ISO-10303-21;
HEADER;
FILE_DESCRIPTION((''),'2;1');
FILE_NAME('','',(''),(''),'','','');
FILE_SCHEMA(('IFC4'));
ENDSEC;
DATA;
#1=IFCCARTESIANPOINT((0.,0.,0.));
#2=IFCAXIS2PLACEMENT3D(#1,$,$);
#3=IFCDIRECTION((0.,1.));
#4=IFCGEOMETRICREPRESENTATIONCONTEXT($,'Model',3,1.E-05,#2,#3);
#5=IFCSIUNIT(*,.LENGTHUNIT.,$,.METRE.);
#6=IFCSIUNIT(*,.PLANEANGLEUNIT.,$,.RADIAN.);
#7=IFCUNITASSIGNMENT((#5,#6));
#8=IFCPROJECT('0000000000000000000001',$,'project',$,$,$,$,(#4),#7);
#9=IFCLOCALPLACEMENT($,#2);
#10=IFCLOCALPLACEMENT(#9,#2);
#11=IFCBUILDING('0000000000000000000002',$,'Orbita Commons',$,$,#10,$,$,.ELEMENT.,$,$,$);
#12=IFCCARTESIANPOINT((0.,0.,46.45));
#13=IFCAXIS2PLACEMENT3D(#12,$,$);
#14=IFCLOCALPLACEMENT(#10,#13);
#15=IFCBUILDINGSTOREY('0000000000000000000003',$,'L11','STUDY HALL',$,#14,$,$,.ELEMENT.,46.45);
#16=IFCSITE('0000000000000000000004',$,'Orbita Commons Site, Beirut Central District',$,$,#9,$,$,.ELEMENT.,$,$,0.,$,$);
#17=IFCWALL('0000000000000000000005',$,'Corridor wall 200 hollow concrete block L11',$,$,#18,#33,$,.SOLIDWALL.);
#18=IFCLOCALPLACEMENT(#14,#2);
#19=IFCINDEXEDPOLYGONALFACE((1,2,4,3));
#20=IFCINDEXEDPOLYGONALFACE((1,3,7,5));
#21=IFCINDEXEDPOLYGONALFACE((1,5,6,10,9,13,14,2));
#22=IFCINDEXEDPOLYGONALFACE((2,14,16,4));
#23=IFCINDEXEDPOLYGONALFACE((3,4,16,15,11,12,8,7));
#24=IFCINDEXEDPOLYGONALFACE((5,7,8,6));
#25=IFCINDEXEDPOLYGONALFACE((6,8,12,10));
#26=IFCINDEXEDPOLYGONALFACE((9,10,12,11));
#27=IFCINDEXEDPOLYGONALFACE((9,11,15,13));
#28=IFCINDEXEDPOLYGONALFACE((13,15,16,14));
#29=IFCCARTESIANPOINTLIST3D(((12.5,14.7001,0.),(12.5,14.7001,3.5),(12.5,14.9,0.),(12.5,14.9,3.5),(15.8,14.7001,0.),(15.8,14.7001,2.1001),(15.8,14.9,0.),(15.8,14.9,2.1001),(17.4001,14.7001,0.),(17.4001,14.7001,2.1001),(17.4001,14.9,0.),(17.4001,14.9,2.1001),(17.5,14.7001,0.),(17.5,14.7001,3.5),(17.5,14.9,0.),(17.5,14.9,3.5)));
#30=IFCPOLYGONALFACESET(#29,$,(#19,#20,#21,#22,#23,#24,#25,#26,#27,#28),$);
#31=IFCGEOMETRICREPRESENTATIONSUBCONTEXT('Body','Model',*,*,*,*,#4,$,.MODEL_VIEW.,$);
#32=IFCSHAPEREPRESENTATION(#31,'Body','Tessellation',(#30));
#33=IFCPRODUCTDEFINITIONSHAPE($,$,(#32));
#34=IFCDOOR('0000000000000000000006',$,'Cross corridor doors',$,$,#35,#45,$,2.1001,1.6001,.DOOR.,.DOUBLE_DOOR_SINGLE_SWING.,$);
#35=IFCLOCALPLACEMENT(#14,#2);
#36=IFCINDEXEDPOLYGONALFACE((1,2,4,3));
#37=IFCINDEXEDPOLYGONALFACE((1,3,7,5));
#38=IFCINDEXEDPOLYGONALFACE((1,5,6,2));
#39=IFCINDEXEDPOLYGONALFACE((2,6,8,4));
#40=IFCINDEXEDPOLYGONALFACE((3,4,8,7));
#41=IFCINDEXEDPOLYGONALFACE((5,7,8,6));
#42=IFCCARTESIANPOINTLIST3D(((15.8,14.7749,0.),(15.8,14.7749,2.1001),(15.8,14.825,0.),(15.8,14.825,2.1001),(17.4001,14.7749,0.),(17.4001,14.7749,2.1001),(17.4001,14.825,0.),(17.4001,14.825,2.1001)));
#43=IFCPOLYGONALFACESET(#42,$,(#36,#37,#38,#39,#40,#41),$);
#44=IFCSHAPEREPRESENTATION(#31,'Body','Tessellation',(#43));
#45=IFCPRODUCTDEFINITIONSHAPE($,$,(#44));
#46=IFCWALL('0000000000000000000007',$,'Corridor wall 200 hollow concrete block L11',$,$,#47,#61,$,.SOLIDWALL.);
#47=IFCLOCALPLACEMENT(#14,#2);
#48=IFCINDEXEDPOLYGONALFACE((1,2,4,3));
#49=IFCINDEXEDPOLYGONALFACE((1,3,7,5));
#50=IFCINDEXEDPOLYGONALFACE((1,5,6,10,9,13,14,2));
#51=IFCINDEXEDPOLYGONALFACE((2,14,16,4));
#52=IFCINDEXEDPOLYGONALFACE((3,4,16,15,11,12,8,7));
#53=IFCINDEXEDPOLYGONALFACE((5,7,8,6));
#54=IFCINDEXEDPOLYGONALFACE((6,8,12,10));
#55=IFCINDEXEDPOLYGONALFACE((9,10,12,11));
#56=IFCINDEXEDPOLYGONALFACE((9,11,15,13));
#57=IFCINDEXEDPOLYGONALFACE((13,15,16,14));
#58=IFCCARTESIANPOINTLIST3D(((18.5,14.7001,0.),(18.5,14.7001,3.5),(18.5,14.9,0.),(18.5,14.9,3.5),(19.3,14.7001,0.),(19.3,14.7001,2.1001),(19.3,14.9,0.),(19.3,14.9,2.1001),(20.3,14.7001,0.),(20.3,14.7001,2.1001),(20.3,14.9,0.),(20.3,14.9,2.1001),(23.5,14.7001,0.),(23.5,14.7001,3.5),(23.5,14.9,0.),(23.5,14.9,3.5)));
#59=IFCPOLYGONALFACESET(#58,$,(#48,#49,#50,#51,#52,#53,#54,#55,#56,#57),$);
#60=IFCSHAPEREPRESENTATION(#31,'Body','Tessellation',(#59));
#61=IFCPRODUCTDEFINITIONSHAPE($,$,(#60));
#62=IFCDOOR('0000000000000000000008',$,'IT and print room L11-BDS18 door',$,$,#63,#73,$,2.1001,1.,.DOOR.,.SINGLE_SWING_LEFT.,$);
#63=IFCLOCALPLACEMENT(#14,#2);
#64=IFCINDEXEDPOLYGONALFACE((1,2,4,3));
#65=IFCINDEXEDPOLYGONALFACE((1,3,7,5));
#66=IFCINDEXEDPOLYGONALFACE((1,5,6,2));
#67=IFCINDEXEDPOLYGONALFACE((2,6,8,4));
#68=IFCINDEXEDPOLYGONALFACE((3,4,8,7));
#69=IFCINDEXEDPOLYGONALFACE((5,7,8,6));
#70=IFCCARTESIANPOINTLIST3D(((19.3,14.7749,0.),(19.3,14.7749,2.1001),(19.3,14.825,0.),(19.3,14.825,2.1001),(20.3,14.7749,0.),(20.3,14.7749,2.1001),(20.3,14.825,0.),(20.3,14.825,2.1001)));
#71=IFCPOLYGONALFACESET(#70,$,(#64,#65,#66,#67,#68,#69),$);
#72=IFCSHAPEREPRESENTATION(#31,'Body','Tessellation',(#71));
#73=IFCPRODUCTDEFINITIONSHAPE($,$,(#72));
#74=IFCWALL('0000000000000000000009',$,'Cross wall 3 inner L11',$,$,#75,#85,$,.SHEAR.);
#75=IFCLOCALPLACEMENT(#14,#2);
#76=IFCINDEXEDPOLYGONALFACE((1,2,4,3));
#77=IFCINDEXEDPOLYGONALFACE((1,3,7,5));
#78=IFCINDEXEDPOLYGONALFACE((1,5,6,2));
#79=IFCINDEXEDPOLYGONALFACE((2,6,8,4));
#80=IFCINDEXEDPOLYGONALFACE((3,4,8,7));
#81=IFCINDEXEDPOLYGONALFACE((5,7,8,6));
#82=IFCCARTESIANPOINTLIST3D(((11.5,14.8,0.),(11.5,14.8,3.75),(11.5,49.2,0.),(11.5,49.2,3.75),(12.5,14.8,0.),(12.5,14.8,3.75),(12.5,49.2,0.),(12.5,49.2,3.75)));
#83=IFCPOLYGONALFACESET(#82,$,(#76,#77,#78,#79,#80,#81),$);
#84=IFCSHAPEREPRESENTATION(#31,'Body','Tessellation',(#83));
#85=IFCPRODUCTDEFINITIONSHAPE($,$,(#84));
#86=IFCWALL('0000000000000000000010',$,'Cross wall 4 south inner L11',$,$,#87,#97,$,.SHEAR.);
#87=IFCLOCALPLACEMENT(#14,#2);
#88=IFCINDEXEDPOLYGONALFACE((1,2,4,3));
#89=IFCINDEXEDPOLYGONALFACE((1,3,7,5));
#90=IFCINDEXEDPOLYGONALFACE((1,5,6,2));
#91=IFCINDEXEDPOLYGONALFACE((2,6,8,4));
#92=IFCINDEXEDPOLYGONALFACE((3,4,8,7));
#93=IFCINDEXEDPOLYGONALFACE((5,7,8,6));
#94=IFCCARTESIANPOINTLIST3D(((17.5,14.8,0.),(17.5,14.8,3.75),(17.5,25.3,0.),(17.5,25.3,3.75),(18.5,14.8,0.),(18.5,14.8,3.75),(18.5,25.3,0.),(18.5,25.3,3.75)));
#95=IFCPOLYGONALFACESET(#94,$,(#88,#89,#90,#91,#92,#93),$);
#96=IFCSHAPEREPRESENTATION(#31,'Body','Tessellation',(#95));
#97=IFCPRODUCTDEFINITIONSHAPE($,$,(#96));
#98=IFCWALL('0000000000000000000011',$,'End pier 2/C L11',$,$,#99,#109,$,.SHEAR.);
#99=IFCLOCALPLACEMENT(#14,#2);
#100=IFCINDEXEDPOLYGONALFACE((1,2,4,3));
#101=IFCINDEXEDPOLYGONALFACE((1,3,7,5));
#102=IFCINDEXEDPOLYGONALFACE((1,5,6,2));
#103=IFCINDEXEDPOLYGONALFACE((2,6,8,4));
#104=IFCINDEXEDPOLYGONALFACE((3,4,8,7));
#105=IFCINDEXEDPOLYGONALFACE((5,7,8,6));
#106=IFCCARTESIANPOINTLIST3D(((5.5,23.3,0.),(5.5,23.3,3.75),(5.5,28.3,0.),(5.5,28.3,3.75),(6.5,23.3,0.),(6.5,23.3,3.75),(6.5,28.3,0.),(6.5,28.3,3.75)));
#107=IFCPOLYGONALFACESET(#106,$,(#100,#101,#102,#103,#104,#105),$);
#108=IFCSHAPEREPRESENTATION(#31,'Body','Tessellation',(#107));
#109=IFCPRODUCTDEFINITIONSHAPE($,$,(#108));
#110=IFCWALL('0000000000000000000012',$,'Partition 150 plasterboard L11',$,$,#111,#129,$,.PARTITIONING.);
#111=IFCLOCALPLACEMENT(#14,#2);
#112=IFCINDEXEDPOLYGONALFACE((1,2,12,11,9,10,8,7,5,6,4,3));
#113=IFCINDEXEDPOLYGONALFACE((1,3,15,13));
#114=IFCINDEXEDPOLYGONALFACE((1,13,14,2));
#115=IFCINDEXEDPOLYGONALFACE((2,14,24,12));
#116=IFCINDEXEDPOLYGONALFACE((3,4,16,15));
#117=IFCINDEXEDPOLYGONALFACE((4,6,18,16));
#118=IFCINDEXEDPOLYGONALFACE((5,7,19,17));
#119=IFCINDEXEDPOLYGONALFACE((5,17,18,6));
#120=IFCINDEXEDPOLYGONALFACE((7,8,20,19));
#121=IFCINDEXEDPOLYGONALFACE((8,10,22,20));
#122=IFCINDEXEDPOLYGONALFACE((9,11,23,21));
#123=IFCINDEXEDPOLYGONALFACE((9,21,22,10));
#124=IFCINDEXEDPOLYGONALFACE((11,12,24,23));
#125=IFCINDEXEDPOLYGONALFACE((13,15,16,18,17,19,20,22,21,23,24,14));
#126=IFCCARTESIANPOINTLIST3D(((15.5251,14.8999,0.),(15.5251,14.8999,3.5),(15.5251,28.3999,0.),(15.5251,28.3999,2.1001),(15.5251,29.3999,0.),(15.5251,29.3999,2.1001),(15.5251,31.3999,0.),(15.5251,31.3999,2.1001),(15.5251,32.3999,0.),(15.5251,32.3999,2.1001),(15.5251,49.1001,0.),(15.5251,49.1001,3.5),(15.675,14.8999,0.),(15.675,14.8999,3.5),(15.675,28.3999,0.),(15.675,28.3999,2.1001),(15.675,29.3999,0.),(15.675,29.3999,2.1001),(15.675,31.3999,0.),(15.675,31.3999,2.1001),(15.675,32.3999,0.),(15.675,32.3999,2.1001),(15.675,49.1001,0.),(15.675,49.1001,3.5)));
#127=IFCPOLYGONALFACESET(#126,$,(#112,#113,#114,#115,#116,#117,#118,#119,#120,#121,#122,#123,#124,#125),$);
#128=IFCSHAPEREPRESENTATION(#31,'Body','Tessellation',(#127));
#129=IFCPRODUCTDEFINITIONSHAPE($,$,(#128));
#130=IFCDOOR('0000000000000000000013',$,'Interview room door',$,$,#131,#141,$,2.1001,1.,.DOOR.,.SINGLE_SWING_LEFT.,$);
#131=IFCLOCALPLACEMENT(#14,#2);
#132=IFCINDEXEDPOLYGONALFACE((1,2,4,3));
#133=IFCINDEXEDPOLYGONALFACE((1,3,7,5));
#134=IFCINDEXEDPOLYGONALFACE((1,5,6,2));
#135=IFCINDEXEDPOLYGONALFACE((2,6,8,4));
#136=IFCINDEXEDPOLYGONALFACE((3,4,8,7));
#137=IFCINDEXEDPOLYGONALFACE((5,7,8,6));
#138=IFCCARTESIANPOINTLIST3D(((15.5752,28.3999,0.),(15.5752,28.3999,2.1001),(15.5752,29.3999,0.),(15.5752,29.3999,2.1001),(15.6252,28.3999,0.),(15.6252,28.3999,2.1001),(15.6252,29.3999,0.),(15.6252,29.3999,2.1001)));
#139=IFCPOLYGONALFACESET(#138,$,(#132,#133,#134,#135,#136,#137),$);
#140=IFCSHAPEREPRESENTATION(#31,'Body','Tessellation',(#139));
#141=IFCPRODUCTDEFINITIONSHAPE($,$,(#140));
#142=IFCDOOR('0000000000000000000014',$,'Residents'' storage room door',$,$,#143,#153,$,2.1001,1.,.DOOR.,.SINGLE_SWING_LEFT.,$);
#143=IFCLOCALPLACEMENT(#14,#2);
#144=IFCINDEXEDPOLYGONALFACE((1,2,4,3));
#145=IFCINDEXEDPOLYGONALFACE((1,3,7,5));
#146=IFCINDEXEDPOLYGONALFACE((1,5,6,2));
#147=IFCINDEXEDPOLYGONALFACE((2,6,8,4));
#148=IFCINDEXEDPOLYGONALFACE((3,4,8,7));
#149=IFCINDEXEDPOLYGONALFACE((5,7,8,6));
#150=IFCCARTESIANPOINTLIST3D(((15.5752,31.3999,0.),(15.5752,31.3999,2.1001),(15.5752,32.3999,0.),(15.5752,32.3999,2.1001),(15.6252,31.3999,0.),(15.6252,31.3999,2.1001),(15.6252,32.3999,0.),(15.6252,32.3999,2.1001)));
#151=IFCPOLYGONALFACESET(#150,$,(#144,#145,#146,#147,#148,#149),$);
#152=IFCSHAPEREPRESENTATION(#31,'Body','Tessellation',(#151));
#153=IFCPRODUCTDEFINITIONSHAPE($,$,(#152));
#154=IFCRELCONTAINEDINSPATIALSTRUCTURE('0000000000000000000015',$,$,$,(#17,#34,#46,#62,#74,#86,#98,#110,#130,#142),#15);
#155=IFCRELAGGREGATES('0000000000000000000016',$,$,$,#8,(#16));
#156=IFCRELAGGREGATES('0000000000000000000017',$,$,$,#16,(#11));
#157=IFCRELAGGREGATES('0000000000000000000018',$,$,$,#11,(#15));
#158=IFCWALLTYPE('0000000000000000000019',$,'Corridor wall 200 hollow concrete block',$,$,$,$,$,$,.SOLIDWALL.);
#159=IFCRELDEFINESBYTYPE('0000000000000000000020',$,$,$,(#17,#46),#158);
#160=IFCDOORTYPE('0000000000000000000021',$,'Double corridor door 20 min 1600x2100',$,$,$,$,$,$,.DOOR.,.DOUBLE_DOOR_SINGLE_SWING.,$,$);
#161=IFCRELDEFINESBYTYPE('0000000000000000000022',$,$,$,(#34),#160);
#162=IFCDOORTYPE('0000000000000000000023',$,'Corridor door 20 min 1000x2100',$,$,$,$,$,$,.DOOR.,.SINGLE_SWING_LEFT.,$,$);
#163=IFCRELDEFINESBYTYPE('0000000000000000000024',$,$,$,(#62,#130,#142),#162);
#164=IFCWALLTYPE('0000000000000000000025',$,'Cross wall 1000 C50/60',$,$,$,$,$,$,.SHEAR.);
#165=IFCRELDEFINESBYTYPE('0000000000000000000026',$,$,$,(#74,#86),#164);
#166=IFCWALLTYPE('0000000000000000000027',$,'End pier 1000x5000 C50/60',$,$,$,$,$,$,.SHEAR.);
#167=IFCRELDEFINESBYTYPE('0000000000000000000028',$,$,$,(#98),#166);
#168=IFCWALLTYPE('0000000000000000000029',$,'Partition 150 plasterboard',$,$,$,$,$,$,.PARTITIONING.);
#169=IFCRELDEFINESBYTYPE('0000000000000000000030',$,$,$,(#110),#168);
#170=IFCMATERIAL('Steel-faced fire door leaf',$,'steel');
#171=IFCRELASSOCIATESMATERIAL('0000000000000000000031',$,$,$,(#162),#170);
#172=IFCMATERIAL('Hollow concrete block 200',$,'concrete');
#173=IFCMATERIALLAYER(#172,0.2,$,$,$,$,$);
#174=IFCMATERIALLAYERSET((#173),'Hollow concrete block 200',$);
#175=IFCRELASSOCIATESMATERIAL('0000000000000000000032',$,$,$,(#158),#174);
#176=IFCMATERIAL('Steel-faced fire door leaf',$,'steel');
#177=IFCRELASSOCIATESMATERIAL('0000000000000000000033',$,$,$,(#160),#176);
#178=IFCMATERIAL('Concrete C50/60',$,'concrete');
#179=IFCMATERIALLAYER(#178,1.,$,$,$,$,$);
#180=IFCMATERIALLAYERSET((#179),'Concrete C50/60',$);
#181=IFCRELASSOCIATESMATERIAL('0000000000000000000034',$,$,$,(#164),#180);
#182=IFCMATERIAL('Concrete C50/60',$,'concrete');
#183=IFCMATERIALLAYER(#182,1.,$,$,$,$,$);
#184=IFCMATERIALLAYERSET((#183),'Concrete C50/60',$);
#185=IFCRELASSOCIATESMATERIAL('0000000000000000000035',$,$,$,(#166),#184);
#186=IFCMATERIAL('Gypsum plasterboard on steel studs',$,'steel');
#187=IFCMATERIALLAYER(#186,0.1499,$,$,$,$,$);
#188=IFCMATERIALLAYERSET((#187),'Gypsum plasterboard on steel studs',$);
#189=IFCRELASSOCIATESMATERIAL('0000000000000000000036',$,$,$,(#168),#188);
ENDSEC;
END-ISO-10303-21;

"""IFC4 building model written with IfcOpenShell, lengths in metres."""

from ifc_helpers import new_model, si_unit, direction, frame, frame_2d, origin, place, context, subcontext, project, spatial, rectangle, extrude, material, layer, layer_set, type_object, element, fill, save


model = new_model("IFC4")

# Units and contexts
model_context = context("Model", 3, precision=1e-05, world=origin(), true_north=direction((0.0, 1.0)))
body_context = subcontext(model_context, "Body", "Model", "MODEL_VIEW")
ifc_project = project(units=[si_unit("LENGTHUNIT", "METRE"), si_unit("PLANEANGLEUNIT", "RADIAN")], contexts=[model_context])

# Site, building, storey
site_placement = place(None, origin())
site = spatial("IfcSite", under=ifc_project, at=site_placement, Name="Orbita Commons Site, Beirut Central District", CompositionType="ELEMENT", RefElevation=0.0)
building_placement = place(site_placement, origin())
building = spatial("IfcBuilding", under=site, at=building_placement, Name="Orbita Commons", CompositionType="ELEMENT")
storey_placement = place(building_placement, frame((0.0, 0.0, 46.45)))
storey = spatial("IfcBuildingStorey", under=building, at=storey_placement, Name="L11", Description="STUDY HALL", CompositionType="ELEMENT", Elevation=46.45)

# Walls, openings, doors
ifc_material_1 = material(Name="Steel-faced fire door leaf", Category="steel")
door_type_1 = type_object("IfcDoorType", Name="Corridor door 20 min 1000x2100", OperationType="SINGLE_SWING_LEFT", PredefinedType="DOOR", material=ifc_material_1)
ifc_material_2 = material(Name="Hollow concrete block 200", Category="concrete")
ifc_layer_1 = layer(ifc_material_2, 0.2)
ifc_layer_set_1 = layer_set([ifc_layer_1], Name="Hollow concrete block 200")
wall_type_1 = type_object("IfcWallType", Name="Corridor wall 200 hollow concrete block", PredefinedType="SOLIDWALL", material=ifc_layer_set_1)
wall_1_placement = place(storey_placement, frame((12.5, 14.8, 0.0), z_axis=(0.0, 0.0, 1.0), x_axis=(1.0, 0.0, 0.0)))
wall_1 = element("IfcWall", 1, at=wall_1_placement, inside=storey, type_object=wall_type_1, Name="Corridor wall 200 hollow concrete block L11", PredefinedType="SOLIDWALL", context=body_context, shape_type="SweptSolid", body=[
    extrude(rectangle(XDim=5.0, YDim=0.2, at=frame_2d((2.5, 0.0))), origin(), (0.0, 0.0, 1.0), 3.5),
])
opening_1_placement = place(wall_1_placement, frame((3.3, 0.0, 0.0)))
opening_1 = element("IfcOpeningElement", 2, at=opening_1_placement, cuts=wall_1, PredefinedType="OPENING", context=body_context, shape_type="SweptSolid", body=[
    extrude(rectangle(XDim=1.6001, YDim=2.1001, at=frame_2d((0.8, 1.05))), frame((0.0, 0.1099, 0.0), z_axis=(0.0, -1.0, 0.0), x_axis=(1.0, 0.0, 0.0)), (0.0, 0.0, 1.0), 0.22),
])
ifc_material_3 = material(Name="Steel-faced fire door leaf", Category="steel")
door_type_2 = type_object("IfcDoorType", Name="Double corridor door 20 min 1600x2100", OperationType="DOUBLE_DOOR_SINGLE_SWING", PredefinedType="DOOR", material=ifc_material_3)
door_1_placement = place(opening_1_placement, origin())
door_1 = element("IfcDoor", 3, at=door_1_placement, inside=storey, type_object=door_type_2, Name="Cross corridor doors", OperationType="DOUBLE_DOOR_SINGLE_SWING", OverallHeight=2.1001, OverallWidth=1.6001, PredefinedType="DOOR", context=body_context, shape_type="SweptSolid", body=[
    extrude(rectangle(XDim=1.6001, YDim=2.1001, at=frame_2d((0.8, 1.05))), frame((0.0, 0.0249, 0.0), z_axis=(0.0, -1.0, 0.0), x_axis=(1.0, 0.0, 0.0)), (0.0, 0.0, 1.0), 0.05),
])
fill(opening_1, door_1)
wall_2_placement = place(storey_placement, frame((18.5, 14.8, 0.0), z_axis=(0.0, 0.0, 1.0), x_axis=(1.0, 0.0, 0.0)))
wall_2 = element("IfcWall", 4, at=wall_2_placement, inside=storey, type_object=wall_type_1, Name="Corridor wall 200 hollow concrete block L11", PredefinedType="SOLIDWALL", context=body_context, shape_type="SweptSolid", body=[
    extrude(rectangle(XDim=5.0, YDim=0.2, at=frame_2d((2.5, 0.0))), origin(), (0.0, 0.0, 1.0), 3.5),
])
opening_2_placement = place(wall_2_placement, frame((0.8, 0.0, 0.0)))
opening_2 = element("IfcOpeningElement", 5, at=opening_2_placement, cuts=wall_2, PredefinedType="OPENING", context=body_context, shape_type="SweptSolid", body=[
    extrude(rectangle(XDim=1.0, YDim=2.1001, at=frame_2d((0.5, 1.05))), frame((0.0, 0.1099, 0.0), z_axis=(0.0, -1.0, 0.0), x_axis=(1.0, 0.0, 0.0)), (0.0, 0.0, 1.0), 0.22),
])
door_2_placement = place(opening_2_placement, origin())
door_2 = element("IfcDoor", 6, at=door_2_placement, inside=storey, type_object=door_type_1, Name="IT and print room L11-BDS18 door", OperationType="SINGLE_SWING_LEFT", OverallHeight=2.1001, OverallWidth=1.0, PredefinedType="DOOR", context=body_context, shape_type="SweptSolid", body=[
    extrude(rectangle(XDim=1.0, YDim=2.1001, at=frame_2d((0.5, 1.05))), frame((0.0, 0.0249, 0.0), z_axis=(0.0, -1.0, 0.0), x_axis=(1.0, 0.0, 0.0)), (0.0, 0.0, 1.0), 0.05),
])
fill(opening_2, door_2)

# Walls
ifc_material_4 = material(Name="Concrete C50/60", Category="concrete")
ifc_layer_2 = layer(ifc_material_4, 1.0)
ifc_layer_set_2 = layer_set([ifc_layer_2], Name="Concrete C50/60")
wall_type_2 = type_object("IfcWallType", Name="Cross wall 1000 C50/60", PredefinedType="SHEAR", material=ifc_layer_set_2)
wall_3_placement = place(storey_placement, frame((12.0, 14.8, 0.0), z_axis=(0.0, 0.0, 1.0), x_axis=(0.0, 1.0, 0.0)))
element("IfcWall", 7, at=wall_3_placement, inside=storey, type_object=wall_type_2, Name="Cross wall 3 inner L11", PredefinedType="SHEAR", context=body_context, shape_type="SweptSolid", body=[
    extrude(rectangle(XDim=34.3999, YDim=1.0, at=frame_2d((17.2, 0.0))), origin(), (0.0, 0.0, 1.0), 3.75),
])
wall_4_placement = place(storey_placement, frame((18.0, 14.8, 0.0), z_axis=(0.0, 0.0, 1.0), x_axis=(0.0, 1.0, 0.0)))
element("IfcWall", 8, at=wall_4_placement, inside=storey, type_object=wall_type_2, Name="Cross wall 4 south inner L11", PredefinedType="SHEAR", context=body_context, shape_type="SweptSolid", body=[
    extrude(rectangle(XDim=10.5, YDim=1.0, at=frame_2d((5.25, 0.0))), origin(), (0.0, 0.0, 1.0), 3.75),
])
ifc_material_5 = material(Name="Concrete C50/60", Category="concrete")
ifc_layer_3 = layer(ifc_material_5, 1.0)
ifc_layer_set_3 = layer_set([ifc_layer_3], Name="Concrete C50/60")
wall_type_3 = type_object("IfcWallType", Name="End pier 1000x5000 C50/60", PredefinedType="SHEAR", material=ifc_layer_set_3)
wall_5_placement = place(storey_placement, frame((6.0, 23.3, 0.0), z_axis=(0.0, 0.0, 1.0), x_axis=(0.0, 1.0, 0.0)))
element("IfcWall", 9, at=wall_5_placement, inside=storey, type_object=wall_type_3, Name="End pier 2/C L11", PredefinedType="SHEAR", context=body_context, shape_type="SweptSolid", body=[
    extrude(rectangle(XDim=5.0, YDim=1.0, at=frame_2d((2.5, 0.0))), origin(), (0.0, 0.0, 1.0), 3.75),
])

# Wall, openings, doors
ifc_material_6 = material(Name="Gypsum plasterboard on steel studs", Category="steel")
ifc_layer_4 = layer(ifc_material_6, 0.1499)
ifc_layer_set_4 = layer_set([ifc_layer_4], Name="Gypsum plasterboard on steel studs")
wall_type_4 = type_object("IfcWallType", Name="Partition 150 plasterboard", PredefinedType="PARTITIONING", material=ifc_layer_set_4)
wall_6_placement = place(storey_placement, frame((15.6001, 14.8999, 0.0), z_axis=(0.0, 0.0, 1.0), x_axis=(0.0, 1.0, 0.0)))
wall_6 = element("IfcWall", 10, at=wall_6_placement, inside=storey, type_object=wall_type_4, Name="Partition 150 plasterboard L11", PredefinedType="PARTITIONING", context=body_context, shape_type="SweptSolid", body=[
    extrude(rectangle(XDim=34.2002, YDim=0.1499, at=frame_2d((17.1001, 0.0))), origin(), (0.0, 0.0, 1.0), 3.5),
])
opening_3_placement = place(wall_6_placement, frame((13.5, 0.0, 0.0)))
opening_3 = element("IfcOpeningElement", 11, at=opening_3_placement, cuts=wall_6, PredefinedType="OPENING", context=body_context, shape_type="SweptSolid", body=[
    extrude(rectangle(XDim=1.0, YDim=2.1001, at=frame_2d((0.5, 1.05))), frame((0.0, 0.085, 0.0), z_axis=(0.0, -1.0, 0.0), x_axis=(1.0, 0.0, 0.0)), (0.0, 0.0, 1.0), 0.1699),
])
opening_4_placement = place(wall_6_placement, frame((16.5, 0.0, 0.0)))
opening_4 = element("IfcOpeningElement", 12, at=opening_4_placement, cuts=wall_6, PredefinedType="OPENING", context=body_context, shape_type="SweptSolid", body=[
    extrude(rectangle(XDim=1.0, YDim=2.1001, at=frame_2d((0.5, 1.05))), frame((0.0, 0.085, 0.0), z_axis=(0.0, -1.0, 0.0), x_axis=(1.0, 0.0, 0.0)), (0.0, 0.0, 1.0), 0.1699),
])
door_3_placement = place(opening_3_placement, origin())
door_3 = element("IfcDoor", 13, at=door_3_placement, inside=storey, type_object=door_type_1, Name="Interview room door", OperationType="SINGLE_SWING_LEFT", OverallHeight=2.1001, OverallWidth=1.0, PredefinedType="DOOR", context=body_context, shape_type="SweptSolid", body=[
    extrude(rectangle(XDim=1.0, YDim=2.1001, at=frame_2d((0.5, 1.05))), frame((0.0, 0.0249, 0.0), z_axis=(0.0, -1.0, 0.0), x_axis=(1.0, 0.0, 0.0)), (0.0, 0.0, 1.0), 0.05),
])
fill(opening_3, door_3)
door_4_placement = place(opening_4_placement, origin())
door_4 = element("IfcDoor", 14, at=door_4_placement, inside=storey, type_object=door_type_1, Name="Residents' storage room door", OperationType="SINGLE_SWING_LEFT", OverallHeight=2.1001, OverallWidth=1.0, PredefinedType="DOOR", context=body_context, shape_type="SweptSolid", body=[
    extrude(rectangle(XDim=1.0, YDim=2.1001, at=frame_2d((0.5, 1.05))), frame((0.0, 0.0249, 0.0), z_axis=(0.0, -1.0, 0.0), x_axis=(1.0, 0.0, 0.0)), (0.0, 0.0, 1.0), 0.05),
])
fill(opening_4, door_4)

save(model, "model.ifc")
